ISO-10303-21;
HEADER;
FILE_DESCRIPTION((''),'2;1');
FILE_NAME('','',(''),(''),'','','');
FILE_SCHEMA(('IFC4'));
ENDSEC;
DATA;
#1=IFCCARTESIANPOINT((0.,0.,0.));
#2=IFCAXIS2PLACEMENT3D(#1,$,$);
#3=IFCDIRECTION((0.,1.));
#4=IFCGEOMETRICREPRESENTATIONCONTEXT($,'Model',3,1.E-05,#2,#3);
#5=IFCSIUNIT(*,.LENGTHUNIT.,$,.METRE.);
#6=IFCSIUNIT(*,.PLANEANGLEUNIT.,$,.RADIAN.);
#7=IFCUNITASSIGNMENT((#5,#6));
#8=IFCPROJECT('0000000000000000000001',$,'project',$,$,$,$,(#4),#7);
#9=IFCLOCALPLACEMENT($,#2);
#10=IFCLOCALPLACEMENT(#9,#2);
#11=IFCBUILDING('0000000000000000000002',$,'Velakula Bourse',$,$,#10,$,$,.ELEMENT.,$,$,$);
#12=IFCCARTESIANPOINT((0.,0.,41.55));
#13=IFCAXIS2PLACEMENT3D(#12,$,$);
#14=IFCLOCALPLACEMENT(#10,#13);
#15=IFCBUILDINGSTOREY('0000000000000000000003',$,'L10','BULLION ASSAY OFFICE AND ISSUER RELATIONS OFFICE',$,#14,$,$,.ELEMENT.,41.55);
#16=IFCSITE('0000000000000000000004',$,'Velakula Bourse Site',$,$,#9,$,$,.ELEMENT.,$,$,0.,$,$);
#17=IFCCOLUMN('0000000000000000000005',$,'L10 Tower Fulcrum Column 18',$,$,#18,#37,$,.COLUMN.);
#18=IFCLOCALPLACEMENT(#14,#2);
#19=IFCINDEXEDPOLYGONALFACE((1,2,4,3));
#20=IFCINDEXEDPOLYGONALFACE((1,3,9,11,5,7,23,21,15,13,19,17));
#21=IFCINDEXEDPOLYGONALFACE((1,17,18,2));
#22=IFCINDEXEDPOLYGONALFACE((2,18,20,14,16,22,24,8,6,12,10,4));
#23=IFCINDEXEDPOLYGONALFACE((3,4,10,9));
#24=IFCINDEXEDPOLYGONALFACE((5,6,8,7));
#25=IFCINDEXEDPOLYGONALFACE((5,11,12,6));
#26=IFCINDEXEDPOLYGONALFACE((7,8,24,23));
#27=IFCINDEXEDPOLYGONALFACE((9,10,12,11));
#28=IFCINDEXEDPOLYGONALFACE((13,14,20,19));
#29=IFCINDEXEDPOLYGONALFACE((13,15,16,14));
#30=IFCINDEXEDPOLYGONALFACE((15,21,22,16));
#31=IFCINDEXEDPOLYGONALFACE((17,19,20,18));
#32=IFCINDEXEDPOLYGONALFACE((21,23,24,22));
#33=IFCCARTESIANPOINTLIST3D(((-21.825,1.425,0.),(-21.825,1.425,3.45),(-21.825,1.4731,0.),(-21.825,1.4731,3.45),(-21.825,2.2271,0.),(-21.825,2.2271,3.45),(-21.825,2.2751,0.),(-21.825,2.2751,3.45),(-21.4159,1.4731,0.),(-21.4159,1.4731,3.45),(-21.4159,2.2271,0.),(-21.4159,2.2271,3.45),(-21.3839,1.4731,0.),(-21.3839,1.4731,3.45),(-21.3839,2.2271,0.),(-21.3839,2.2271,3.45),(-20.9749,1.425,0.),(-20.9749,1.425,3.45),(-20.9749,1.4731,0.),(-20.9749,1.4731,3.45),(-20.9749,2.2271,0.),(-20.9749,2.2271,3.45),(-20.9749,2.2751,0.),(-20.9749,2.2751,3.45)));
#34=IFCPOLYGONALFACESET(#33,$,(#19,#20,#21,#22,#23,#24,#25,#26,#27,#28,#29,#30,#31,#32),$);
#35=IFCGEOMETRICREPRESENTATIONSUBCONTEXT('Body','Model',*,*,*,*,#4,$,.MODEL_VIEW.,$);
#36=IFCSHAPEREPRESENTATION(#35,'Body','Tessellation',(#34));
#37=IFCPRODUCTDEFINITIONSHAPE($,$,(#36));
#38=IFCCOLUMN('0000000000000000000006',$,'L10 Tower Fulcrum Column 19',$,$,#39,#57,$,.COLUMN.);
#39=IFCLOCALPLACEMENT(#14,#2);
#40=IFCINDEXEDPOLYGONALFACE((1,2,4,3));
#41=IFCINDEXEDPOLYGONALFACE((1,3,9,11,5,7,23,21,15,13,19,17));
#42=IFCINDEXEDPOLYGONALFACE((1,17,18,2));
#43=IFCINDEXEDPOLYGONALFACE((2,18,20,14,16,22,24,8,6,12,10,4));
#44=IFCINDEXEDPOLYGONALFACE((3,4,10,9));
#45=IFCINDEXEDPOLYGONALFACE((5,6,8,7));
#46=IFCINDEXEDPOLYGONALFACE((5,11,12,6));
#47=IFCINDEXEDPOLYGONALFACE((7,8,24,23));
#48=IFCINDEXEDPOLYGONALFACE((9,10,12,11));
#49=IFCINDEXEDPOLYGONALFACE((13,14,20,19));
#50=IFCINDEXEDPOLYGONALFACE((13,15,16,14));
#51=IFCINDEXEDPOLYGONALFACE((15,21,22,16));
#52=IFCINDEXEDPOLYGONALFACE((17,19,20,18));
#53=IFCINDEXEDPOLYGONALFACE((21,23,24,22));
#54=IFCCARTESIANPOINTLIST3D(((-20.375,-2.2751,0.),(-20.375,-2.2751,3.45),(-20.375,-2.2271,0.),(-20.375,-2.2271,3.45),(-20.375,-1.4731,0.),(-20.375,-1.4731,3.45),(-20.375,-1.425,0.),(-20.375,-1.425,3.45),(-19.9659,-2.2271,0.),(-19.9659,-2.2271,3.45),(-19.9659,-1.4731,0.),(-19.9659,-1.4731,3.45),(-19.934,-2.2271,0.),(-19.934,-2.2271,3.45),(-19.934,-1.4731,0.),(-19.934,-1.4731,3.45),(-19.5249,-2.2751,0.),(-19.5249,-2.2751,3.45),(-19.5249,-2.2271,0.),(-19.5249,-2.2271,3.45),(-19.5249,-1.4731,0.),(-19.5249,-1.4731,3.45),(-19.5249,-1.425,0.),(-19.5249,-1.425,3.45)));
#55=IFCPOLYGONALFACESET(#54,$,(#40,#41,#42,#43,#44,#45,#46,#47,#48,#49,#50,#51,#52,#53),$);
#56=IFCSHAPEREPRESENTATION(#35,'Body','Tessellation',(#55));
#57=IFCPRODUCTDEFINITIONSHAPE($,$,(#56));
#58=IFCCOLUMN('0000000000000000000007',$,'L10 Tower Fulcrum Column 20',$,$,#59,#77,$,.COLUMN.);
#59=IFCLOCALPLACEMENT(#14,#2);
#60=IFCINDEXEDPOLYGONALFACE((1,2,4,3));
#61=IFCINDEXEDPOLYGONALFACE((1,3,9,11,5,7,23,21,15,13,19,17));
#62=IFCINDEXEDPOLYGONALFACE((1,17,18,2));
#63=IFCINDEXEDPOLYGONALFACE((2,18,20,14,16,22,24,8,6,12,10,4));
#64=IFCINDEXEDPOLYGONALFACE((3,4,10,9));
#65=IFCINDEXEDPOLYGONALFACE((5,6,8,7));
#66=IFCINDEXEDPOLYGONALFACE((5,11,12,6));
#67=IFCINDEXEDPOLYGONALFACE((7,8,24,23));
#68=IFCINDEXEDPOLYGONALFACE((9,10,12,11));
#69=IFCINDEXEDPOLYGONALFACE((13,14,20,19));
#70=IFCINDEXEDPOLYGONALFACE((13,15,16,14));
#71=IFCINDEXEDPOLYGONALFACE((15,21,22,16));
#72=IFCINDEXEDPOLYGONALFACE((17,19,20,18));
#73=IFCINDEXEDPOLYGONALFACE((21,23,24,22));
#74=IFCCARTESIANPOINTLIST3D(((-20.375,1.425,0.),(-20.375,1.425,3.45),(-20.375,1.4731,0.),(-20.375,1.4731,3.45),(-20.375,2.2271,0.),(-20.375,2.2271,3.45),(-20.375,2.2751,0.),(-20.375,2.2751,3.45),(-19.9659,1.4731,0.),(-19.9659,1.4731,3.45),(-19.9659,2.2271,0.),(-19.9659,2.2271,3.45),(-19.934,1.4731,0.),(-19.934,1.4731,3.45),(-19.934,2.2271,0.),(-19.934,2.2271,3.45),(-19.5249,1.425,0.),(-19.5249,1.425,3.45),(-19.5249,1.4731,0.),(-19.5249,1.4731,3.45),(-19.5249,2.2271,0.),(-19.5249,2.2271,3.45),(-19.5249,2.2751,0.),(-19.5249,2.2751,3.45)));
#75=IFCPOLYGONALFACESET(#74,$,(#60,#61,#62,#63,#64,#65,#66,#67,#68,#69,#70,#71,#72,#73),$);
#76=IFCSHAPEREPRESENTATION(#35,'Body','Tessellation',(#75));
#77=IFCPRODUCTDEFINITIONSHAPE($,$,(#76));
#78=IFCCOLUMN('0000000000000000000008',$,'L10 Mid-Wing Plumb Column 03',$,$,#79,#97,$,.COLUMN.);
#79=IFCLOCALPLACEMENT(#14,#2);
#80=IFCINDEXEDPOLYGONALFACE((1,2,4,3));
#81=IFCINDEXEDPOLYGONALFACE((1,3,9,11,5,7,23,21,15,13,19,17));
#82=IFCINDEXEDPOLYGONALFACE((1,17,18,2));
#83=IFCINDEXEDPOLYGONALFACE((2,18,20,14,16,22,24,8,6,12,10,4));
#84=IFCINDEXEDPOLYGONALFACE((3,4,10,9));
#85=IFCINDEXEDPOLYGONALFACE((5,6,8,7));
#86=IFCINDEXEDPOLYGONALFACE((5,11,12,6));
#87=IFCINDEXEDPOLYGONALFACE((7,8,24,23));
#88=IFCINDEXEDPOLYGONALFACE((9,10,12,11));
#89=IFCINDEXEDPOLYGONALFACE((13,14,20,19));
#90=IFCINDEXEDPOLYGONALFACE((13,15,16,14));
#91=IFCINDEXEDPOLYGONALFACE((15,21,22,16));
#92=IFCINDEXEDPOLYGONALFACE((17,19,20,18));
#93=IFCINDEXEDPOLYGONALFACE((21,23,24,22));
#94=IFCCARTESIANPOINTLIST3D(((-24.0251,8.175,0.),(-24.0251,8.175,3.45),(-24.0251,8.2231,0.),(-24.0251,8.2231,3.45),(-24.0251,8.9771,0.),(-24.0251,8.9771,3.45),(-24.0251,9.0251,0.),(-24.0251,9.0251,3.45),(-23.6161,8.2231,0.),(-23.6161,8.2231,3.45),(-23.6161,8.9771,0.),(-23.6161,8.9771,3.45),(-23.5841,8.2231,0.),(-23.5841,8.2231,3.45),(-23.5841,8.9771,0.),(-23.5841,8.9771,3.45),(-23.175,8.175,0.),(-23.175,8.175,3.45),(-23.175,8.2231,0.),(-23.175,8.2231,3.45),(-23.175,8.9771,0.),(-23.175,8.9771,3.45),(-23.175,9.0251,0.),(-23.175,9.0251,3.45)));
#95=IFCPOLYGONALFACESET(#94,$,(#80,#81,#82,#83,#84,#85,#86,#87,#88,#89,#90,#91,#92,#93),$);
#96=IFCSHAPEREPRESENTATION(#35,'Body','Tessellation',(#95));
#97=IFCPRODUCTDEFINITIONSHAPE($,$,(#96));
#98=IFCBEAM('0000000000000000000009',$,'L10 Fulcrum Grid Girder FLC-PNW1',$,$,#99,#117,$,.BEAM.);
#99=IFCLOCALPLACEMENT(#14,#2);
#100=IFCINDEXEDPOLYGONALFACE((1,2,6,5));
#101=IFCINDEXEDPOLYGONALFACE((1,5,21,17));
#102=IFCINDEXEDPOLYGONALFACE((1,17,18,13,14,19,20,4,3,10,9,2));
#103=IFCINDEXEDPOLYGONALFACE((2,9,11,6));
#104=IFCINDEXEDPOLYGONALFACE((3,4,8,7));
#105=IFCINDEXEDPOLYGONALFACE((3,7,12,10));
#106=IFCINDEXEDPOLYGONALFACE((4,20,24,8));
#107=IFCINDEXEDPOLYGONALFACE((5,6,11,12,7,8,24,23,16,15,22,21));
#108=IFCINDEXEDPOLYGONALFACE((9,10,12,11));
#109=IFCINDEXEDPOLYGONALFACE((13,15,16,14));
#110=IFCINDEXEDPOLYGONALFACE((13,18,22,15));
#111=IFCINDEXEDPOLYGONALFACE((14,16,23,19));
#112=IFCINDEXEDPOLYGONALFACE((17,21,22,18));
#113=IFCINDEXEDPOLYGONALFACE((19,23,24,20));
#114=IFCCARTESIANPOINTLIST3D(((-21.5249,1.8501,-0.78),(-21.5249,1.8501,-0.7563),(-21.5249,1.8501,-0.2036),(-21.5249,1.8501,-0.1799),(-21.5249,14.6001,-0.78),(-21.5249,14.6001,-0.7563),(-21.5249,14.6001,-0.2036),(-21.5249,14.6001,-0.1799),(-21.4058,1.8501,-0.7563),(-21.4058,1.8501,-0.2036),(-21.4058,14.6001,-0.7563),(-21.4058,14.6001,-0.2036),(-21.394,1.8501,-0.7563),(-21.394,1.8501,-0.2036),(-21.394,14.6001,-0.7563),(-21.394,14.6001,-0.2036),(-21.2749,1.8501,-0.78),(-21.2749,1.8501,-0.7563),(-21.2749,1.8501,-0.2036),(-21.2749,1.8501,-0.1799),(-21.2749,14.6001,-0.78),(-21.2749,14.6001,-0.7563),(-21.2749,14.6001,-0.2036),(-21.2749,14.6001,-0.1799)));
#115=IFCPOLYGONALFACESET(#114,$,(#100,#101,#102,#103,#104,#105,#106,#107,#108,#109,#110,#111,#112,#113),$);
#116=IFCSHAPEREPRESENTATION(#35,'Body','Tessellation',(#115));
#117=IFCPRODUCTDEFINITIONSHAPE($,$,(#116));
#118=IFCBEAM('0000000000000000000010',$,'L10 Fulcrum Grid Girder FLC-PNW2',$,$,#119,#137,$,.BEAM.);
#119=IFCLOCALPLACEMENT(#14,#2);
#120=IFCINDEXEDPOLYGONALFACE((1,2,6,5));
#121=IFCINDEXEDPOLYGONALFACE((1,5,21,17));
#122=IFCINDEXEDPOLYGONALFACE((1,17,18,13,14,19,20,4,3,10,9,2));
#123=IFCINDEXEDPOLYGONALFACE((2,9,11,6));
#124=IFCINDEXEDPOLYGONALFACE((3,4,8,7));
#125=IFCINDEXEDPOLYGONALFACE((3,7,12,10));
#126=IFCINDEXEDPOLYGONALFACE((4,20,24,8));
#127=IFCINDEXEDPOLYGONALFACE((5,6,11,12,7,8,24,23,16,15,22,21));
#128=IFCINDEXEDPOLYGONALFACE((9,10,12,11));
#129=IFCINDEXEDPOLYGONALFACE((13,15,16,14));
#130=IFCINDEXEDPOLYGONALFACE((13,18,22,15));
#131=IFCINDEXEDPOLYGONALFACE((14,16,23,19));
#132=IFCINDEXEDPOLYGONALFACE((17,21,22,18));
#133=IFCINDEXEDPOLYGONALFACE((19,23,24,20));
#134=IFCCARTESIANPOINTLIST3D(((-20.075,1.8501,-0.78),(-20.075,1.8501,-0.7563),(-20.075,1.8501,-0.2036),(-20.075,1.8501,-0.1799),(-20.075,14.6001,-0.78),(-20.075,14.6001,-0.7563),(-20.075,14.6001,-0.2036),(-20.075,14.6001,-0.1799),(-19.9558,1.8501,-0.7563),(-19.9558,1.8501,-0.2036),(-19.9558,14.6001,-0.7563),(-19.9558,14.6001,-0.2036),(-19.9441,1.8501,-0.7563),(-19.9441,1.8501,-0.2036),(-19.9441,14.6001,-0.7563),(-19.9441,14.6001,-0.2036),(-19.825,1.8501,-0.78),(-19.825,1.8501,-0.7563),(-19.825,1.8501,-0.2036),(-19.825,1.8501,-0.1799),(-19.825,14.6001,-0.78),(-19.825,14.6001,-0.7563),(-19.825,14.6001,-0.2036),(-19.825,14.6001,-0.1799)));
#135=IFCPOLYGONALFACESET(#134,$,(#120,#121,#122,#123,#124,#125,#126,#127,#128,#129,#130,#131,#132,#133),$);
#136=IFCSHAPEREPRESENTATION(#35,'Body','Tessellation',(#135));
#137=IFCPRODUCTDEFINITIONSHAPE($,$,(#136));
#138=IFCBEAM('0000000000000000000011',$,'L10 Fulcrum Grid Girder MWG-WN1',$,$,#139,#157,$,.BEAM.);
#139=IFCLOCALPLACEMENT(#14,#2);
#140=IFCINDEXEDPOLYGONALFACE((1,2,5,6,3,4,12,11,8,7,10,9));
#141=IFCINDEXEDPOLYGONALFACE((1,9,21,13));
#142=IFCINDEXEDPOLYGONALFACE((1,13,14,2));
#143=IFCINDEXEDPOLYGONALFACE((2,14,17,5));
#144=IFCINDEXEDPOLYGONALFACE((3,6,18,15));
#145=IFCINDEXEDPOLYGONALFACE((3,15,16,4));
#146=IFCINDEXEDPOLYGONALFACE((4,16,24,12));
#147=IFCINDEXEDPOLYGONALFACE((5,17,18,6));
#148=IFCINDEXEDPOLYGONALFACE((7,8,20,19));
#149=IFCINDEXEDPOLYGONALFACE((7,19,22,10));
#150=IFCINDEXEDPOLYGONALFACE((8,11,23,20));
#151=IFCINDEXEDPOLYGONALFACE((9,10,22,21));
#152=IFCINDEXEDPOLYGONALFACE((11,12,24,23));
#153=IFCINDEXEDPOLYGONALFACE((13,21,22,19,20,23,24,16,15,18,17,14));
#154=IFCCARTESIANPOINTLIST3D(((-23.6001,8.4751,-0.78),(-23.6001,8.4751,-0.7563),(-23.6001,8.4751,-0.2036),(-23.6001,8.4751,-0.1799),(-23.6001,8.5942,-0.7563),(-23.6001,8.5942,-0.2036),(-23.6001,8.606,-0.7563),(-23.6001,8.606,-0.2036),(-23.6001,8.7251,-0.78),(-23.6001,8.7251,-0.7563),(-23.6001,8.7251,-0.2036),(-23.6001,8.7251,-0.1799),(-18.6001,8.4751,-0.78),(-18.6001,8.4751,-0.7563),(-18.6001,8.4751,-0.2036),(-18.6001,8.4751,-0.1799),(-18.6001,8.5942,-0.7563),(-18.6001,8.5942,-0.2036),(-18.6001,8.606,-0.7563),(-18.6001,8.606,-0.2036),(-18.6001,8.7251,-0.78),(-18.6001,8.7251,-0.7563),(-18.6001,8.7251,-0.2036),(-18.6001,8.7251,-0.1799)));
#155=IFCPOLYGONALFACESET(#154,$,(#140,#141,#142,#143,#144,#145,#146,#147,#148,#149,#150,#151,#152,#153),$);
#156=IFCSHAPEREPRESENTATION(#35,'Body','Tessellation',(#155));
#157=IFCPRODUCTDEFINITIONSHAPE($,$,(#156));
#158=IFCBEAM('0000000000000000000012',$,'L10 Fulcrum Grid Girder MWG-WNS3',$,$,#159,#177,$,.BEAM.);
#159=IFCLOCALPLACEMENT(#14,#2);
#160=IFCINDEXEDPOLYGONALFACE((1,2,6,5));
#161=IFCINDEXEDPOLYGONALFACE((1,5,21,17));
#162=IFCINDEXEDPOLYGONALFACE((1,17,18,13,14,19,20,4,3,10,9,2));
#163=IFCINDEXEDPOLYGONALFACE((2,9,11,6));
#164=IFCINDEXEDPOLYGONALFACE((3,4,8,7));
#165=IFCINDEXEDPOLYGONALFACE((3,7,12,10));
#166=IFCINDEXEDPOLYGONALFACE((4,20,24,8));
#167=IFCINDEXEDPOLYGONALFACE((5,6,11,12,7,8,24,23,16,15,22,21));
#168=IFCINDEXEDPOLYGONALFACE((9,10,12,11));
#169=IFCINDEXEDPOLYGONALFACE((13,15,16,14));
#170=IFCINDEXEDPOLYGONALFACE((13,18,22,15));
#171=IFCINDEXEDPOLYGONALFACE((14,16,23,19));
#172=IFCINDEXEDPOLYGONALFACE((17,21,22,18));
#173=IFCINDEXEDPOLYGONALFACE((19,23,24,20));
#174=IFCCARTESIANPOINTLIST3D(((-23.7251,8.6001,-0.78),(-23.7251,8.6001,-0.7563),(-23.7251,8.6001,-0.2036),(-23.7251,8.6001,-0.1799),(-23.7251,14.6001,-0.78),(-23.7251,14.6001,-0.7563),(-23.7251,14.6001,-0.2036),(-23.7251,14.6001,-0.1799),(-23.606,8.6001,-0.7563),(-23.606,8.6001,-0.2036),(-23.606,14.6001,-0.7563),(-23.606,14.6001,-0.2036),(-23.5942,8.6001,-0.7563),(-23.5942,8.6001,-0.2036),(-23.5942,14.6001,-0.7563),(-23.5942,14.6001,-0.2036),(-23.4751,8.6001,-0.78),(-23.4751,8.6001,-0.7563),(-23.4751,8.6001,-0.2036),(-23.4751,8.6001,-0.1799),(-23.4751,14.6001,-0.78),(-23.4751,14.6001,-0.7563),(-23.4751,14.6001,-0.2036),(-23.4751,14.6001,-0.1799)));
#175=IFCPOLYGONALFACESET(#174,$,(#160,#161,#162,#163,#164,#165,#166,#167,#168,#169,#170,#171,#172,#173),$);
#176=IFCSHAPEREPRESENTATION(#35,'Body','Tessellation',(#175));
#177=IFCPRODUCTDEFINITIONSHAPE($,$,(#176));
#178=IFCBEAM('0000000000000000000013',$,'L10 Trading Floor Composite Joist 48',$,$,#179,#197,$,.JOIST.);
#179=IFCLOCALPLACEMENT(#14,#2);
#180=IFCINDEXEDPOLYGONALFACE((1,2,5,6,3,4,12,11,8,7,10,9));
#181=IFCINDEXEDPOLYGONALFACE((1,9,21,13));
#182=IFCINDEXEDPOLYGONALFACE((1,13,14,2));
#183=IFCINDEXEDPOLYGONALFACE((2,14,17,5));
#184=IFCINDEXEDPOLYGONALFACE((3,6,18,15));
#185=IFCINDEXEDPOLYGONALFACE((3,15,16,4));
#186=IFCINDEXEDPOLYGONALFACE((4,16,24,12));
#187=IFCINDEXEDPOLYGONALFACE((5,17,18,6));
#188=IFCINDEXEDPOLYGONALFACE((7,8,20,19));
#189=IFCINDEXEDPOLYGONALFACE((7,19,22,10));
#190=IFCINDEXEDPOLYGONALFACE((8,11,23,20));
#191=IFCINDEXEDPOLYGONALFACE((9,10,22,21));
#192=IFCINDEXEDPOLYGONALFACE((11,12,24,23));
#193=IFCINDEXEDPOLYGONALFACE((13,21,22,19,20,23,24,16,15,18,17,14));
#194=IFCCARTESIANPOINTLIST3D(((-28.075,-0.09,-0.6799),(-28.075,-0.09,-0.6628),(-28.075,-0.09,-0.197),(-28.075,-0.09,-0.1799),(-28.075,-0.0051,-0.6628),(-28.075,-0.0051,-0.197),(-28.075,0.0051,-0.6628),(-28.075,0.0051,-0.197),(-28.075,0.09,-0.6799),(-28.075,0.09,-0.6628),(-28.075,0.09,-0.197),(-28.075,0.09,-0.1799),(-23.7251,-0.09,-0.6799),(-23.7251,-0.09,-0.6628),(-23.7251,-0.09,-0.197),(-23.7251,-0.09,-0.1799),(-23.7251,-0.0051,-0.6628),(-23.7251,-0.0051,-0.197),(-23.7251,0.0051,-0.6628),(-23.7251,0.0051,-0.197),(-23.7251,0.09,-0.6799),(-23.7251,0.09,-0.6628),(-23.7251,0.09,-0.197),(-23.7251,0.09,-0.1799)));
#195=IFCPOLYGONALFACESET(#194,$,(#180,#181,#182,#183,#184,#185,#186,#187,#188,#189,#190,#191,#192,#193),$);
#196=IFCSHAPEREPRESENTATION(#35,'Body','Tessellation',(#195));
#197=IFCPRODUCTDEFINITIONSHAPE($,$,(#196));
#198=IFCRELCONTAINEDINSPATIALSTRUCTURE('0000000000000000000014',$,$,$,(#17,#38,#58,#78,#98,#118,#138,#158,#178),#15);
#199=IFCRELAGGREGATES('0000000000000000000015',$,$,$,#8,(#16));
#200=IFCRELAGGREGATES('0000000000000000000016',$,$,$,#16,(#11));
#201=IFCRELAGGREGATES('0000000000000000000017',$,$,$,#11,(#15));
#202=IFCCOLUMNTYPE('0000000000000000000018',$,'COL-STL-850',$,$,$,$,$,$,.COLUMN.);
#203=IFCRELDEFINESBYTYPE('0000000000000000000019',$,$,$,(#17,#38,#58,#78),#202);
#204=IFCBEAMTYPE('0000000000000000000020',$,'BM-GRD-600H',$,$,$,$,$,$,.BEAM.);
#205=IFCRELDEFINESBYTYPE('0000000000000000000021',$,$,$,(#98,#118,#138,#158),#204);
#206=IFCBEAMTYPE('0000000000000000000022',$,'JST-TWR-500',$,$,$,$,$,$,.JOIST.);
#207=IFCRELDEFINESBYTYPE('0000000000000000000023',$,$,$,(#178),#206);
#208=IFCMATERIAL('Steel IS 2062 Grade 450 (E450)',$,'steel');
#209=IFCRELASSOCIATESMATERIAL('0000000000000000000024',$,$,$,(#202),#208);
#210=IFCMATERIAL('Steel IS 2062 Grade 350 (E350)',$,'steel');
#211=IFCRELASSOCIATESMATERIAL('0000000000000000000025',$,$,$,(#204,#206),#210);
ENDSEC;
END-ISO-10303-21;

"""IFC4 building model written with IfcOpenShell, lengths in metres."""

from ifc_helpers import new_model, si_unit, direction, frame, origin, origin_2d, place, context, subcontext, project, spatial, i_section, extrude, material, material_profile, profile_set, type_object, element, save


model = new_model("IFC4")

# Units and contexts
model_context = context("Model", 3, precision=1e-05, world=origin(), true_north=direction((0.0, 1.0)))
body_context = subcontext(model_context, "Body", "Model", "MODEL_VIEW")
ifc_project = project(units=[si_unit("LENGTHUNIT", "METRE"), si_unit("PLANEANGLEUNIT", "RADIAN")], contexts=[model_context])

# Site, building, storey
site_placement = place(None, origin())
site = spatial("IfcSite", under=ifc_project, at=site_placement, Name="Velakula Bourse Site", CompositionType="ELEMENT", RefElevation=0.0)
building_placement = place(site_placement, origin())
building = spatial("IfcBuilding", under=site, at=building_placement, Name="Velakula Bourse", CompositionType="ELEMENT")
storey_placement = place(building_placement, frame((0.0, 0.0, 41.55)))
storey = spatial("IfcBuildingStorey", under=building, at=storey_placement, Name="L10", Description="BULLION ASSAY OFFICE AND ISSUER RELATIONS OFFICE", CompositionType="ELEMENT", Elevation=41.55)

# Columns
ifc_material_1 = material(Name="Steel IS 2062 Grade 450 (E450)", Category="steel")
ifc_material_profile_1 = material_profile(ifc_material_1, i_section(OverallWidth=0.8501, OverallDepth=0.8501, WebThickness=0.032, FlangeThickness=0.0481, at=origin_2d()), Name="Steel IS 2062 Grade 450 (E450)")
ifc_profile_set_1 = profile_set([ifc_material_profile_1], Name="Steel IS 2062 Grade 450 (E450)")
column_type = type_object("IfcColumnType", Name="COL-STL-850", PredefinedType="COLUMN", material=ifc_profile_set_1)
for number, where, z_axis, x_axis, name in (
    (1, (-21.3999, 1.8501, 0.0), (0.0, 0.0, 1.0), (1.0, 0.0, 0.0), "L10 Tower Fulcrum Column 18"),
    (2, (-19.95, -1.8501, 0.0), (0.0, 0.0, 1.0), (1.0, 0.0, 0.0), "L10 Tower Fulcrum Column 19"),
    (3, (-19.95, 1.8501, 0.0), (0.0, 0.0, 1.0), (1.0, 0.0, 0.0), "L10 Tower Fulcrum Column 20"),
    (4, (-23.6001, 8.6001, 0.0), (0.0, 0.0, 1.0), (1.0, 0.0, 0.0), "L10 Mid-Wing Plumb Column 03"),
):
    element("IfcColumn", number, at=place(storey_placement, frame(where, z_axis=z_axis, x_axis=x_axis)), inside=storey, type_object=column_type, Name=name, PredefinedType="COLUMN", context=body_context, shape_type="SweptSolid", body=[
        extrude(i_section(OverallWidth=0.8501, OverallDepth=0.8501, WebThickness=0.032, FlangeThickness=0.0481, at=origin_2d()), origin(), (0.0, 0.0, 1.0), 3.45),
    ])

# Beams
ifc_material_2 = material(Name="Steel IS 2062 Grade 350 (E350)", Category="steel")
ifc_material_profile_2 = material_profile(ifc_material_2, i_section(OverallWidth=0.25, OverallDepth=0.6001, WebThickness=0.0117, FlangeThickness=0.0237, at=origin_2d()), Name="Steel IS 2062 Grade 350 (E350)")
ifc_profile_set_2 = profile_set([ifc_material_profile_2], Name="Steel IS 2062 Grade 350 (E350)")
beam_type_1 = type_object("IfcBeamType", Name="BM-GRD-600H", PredefinedType="BEAM", material=ifc_profile_set_2)
for number, where, z_axis, x_axis, name in (
    (5, (-21.3999, 1.8501, -0.48), (0.0, 1.0, 0.0), (-1.0, 0.0, 0.0), "L10 Fulcrum Grid Girder FLC-PNW1"),
    (6, (-19.95, 1.8501, -0.48), (0.0, 1.0, 0.0), (-1.0, 0.0, 0.0), "L10 Fulcrum Grid Girder FLC-PNW2"),
):
    element("IfcBeam", number, at=place(storey_placement, frame(where, z_axis=z_axis, x_axis=x_axis)), inside=storey, type_object=beam_type_1, Name=name, PredefinedType="BEAM", context=body_context, shape_type="SweptSolid", body=[
        extrude(i_section(OverallWidth=0.25, OverallDepth=0.6001, WebThickness=0.0117, FlangeThickness=0.0237, at=origin_2d()), origin(), (0.0, 0.0, 1.0), 12.75),
    ])
beam_1_placement = place(storey_placement, frame((-23.6001, 8.6001, -0.48), z_axis=(1.0, 0.0, 0.0), x_axis=(0.0, 1.0, 0.0)))
element("IfcBeam", 7, at=beam_1_placement, inside=storey, type_object=beam_type_1, Name="L10 Fulcrum Grid Girder MWG-WN1", PredefinedType="BEAM", context=body_context, shape_type="SweptSolid", body=[
    extrude(i_section(OverallWidth=0.25, OverallDepth=0.6001, WebThickness=0.0117, FlangeThickness=0.0237, at=origin_2d()), origin(), (0.0, 0.0, 1.0), 5.0),
])
beam_2_placement = place(storey_placement, frame((-23.6001, 8.6001, -0.48), z_axis=(0.0, 1.0, 0.0), x_axis=(-1.0, 0.0, 0.0)))
element("IfcBeam", 8, at=beam_2_placement, inside=storey, type_object=beam_type_1, Name="L10 Fulcrum Grid Girder MWG-WNS3", PredefinedType="BEAM", context=body_context, shape_type="SweptSolid", body=[
    extrude(i_section(OverallWidth=0.25, OverallDepth=0.6001, WebThickness=0.0117, FlangeThickness=0.0237, at=origin_2d()), origin(), (0.0, 0.0, 1.0), 6.0),
])
ifc_material_profile_3 = material_profile(ifc_material_2, i_section(OverallWidth=0.1799, OverallDepth=0.5, WebThickness=0.0103, FlangeThickness=0.0171, at=origin_2d()), Name="Steel IS 2062 Grade 350 (E350)")
ifc_profile_set_3 = profile_set([ifc_material_profile_3], Name="Steel IS 2062 Grade 350 (E350)")
beam_type_2 = type_object("IfcBeamType", Name="JST-TWR-500", PredefinedType="JOIST", material=ifc_profile_set_3)
beam_3_placement = place(storey_placement, frame((-28.075, 0.0, -0.4299), z_axis=(1.0, 0.0, 0.0), x_axis=(0.0, 1.0, 0.0)))
element("IfcBeam", 9, at=beam_3_placement, inside=storey, type_object=beam_type_2, Name="L10 Trading Floor Composite Joist 48", PredefinedType="JOIST", context=body_context, shape_type="SweptSolid", body=[
    extrude(i_section(OverallWidth=0.1799, OverallDepth=0.5, WebThickness=0.0103, FlangeThickness=0.0171, at=origin_2d()), origin(), (0.0, 0.0, 1.0), 4.3499),
])

save(model, "model.ifc")
